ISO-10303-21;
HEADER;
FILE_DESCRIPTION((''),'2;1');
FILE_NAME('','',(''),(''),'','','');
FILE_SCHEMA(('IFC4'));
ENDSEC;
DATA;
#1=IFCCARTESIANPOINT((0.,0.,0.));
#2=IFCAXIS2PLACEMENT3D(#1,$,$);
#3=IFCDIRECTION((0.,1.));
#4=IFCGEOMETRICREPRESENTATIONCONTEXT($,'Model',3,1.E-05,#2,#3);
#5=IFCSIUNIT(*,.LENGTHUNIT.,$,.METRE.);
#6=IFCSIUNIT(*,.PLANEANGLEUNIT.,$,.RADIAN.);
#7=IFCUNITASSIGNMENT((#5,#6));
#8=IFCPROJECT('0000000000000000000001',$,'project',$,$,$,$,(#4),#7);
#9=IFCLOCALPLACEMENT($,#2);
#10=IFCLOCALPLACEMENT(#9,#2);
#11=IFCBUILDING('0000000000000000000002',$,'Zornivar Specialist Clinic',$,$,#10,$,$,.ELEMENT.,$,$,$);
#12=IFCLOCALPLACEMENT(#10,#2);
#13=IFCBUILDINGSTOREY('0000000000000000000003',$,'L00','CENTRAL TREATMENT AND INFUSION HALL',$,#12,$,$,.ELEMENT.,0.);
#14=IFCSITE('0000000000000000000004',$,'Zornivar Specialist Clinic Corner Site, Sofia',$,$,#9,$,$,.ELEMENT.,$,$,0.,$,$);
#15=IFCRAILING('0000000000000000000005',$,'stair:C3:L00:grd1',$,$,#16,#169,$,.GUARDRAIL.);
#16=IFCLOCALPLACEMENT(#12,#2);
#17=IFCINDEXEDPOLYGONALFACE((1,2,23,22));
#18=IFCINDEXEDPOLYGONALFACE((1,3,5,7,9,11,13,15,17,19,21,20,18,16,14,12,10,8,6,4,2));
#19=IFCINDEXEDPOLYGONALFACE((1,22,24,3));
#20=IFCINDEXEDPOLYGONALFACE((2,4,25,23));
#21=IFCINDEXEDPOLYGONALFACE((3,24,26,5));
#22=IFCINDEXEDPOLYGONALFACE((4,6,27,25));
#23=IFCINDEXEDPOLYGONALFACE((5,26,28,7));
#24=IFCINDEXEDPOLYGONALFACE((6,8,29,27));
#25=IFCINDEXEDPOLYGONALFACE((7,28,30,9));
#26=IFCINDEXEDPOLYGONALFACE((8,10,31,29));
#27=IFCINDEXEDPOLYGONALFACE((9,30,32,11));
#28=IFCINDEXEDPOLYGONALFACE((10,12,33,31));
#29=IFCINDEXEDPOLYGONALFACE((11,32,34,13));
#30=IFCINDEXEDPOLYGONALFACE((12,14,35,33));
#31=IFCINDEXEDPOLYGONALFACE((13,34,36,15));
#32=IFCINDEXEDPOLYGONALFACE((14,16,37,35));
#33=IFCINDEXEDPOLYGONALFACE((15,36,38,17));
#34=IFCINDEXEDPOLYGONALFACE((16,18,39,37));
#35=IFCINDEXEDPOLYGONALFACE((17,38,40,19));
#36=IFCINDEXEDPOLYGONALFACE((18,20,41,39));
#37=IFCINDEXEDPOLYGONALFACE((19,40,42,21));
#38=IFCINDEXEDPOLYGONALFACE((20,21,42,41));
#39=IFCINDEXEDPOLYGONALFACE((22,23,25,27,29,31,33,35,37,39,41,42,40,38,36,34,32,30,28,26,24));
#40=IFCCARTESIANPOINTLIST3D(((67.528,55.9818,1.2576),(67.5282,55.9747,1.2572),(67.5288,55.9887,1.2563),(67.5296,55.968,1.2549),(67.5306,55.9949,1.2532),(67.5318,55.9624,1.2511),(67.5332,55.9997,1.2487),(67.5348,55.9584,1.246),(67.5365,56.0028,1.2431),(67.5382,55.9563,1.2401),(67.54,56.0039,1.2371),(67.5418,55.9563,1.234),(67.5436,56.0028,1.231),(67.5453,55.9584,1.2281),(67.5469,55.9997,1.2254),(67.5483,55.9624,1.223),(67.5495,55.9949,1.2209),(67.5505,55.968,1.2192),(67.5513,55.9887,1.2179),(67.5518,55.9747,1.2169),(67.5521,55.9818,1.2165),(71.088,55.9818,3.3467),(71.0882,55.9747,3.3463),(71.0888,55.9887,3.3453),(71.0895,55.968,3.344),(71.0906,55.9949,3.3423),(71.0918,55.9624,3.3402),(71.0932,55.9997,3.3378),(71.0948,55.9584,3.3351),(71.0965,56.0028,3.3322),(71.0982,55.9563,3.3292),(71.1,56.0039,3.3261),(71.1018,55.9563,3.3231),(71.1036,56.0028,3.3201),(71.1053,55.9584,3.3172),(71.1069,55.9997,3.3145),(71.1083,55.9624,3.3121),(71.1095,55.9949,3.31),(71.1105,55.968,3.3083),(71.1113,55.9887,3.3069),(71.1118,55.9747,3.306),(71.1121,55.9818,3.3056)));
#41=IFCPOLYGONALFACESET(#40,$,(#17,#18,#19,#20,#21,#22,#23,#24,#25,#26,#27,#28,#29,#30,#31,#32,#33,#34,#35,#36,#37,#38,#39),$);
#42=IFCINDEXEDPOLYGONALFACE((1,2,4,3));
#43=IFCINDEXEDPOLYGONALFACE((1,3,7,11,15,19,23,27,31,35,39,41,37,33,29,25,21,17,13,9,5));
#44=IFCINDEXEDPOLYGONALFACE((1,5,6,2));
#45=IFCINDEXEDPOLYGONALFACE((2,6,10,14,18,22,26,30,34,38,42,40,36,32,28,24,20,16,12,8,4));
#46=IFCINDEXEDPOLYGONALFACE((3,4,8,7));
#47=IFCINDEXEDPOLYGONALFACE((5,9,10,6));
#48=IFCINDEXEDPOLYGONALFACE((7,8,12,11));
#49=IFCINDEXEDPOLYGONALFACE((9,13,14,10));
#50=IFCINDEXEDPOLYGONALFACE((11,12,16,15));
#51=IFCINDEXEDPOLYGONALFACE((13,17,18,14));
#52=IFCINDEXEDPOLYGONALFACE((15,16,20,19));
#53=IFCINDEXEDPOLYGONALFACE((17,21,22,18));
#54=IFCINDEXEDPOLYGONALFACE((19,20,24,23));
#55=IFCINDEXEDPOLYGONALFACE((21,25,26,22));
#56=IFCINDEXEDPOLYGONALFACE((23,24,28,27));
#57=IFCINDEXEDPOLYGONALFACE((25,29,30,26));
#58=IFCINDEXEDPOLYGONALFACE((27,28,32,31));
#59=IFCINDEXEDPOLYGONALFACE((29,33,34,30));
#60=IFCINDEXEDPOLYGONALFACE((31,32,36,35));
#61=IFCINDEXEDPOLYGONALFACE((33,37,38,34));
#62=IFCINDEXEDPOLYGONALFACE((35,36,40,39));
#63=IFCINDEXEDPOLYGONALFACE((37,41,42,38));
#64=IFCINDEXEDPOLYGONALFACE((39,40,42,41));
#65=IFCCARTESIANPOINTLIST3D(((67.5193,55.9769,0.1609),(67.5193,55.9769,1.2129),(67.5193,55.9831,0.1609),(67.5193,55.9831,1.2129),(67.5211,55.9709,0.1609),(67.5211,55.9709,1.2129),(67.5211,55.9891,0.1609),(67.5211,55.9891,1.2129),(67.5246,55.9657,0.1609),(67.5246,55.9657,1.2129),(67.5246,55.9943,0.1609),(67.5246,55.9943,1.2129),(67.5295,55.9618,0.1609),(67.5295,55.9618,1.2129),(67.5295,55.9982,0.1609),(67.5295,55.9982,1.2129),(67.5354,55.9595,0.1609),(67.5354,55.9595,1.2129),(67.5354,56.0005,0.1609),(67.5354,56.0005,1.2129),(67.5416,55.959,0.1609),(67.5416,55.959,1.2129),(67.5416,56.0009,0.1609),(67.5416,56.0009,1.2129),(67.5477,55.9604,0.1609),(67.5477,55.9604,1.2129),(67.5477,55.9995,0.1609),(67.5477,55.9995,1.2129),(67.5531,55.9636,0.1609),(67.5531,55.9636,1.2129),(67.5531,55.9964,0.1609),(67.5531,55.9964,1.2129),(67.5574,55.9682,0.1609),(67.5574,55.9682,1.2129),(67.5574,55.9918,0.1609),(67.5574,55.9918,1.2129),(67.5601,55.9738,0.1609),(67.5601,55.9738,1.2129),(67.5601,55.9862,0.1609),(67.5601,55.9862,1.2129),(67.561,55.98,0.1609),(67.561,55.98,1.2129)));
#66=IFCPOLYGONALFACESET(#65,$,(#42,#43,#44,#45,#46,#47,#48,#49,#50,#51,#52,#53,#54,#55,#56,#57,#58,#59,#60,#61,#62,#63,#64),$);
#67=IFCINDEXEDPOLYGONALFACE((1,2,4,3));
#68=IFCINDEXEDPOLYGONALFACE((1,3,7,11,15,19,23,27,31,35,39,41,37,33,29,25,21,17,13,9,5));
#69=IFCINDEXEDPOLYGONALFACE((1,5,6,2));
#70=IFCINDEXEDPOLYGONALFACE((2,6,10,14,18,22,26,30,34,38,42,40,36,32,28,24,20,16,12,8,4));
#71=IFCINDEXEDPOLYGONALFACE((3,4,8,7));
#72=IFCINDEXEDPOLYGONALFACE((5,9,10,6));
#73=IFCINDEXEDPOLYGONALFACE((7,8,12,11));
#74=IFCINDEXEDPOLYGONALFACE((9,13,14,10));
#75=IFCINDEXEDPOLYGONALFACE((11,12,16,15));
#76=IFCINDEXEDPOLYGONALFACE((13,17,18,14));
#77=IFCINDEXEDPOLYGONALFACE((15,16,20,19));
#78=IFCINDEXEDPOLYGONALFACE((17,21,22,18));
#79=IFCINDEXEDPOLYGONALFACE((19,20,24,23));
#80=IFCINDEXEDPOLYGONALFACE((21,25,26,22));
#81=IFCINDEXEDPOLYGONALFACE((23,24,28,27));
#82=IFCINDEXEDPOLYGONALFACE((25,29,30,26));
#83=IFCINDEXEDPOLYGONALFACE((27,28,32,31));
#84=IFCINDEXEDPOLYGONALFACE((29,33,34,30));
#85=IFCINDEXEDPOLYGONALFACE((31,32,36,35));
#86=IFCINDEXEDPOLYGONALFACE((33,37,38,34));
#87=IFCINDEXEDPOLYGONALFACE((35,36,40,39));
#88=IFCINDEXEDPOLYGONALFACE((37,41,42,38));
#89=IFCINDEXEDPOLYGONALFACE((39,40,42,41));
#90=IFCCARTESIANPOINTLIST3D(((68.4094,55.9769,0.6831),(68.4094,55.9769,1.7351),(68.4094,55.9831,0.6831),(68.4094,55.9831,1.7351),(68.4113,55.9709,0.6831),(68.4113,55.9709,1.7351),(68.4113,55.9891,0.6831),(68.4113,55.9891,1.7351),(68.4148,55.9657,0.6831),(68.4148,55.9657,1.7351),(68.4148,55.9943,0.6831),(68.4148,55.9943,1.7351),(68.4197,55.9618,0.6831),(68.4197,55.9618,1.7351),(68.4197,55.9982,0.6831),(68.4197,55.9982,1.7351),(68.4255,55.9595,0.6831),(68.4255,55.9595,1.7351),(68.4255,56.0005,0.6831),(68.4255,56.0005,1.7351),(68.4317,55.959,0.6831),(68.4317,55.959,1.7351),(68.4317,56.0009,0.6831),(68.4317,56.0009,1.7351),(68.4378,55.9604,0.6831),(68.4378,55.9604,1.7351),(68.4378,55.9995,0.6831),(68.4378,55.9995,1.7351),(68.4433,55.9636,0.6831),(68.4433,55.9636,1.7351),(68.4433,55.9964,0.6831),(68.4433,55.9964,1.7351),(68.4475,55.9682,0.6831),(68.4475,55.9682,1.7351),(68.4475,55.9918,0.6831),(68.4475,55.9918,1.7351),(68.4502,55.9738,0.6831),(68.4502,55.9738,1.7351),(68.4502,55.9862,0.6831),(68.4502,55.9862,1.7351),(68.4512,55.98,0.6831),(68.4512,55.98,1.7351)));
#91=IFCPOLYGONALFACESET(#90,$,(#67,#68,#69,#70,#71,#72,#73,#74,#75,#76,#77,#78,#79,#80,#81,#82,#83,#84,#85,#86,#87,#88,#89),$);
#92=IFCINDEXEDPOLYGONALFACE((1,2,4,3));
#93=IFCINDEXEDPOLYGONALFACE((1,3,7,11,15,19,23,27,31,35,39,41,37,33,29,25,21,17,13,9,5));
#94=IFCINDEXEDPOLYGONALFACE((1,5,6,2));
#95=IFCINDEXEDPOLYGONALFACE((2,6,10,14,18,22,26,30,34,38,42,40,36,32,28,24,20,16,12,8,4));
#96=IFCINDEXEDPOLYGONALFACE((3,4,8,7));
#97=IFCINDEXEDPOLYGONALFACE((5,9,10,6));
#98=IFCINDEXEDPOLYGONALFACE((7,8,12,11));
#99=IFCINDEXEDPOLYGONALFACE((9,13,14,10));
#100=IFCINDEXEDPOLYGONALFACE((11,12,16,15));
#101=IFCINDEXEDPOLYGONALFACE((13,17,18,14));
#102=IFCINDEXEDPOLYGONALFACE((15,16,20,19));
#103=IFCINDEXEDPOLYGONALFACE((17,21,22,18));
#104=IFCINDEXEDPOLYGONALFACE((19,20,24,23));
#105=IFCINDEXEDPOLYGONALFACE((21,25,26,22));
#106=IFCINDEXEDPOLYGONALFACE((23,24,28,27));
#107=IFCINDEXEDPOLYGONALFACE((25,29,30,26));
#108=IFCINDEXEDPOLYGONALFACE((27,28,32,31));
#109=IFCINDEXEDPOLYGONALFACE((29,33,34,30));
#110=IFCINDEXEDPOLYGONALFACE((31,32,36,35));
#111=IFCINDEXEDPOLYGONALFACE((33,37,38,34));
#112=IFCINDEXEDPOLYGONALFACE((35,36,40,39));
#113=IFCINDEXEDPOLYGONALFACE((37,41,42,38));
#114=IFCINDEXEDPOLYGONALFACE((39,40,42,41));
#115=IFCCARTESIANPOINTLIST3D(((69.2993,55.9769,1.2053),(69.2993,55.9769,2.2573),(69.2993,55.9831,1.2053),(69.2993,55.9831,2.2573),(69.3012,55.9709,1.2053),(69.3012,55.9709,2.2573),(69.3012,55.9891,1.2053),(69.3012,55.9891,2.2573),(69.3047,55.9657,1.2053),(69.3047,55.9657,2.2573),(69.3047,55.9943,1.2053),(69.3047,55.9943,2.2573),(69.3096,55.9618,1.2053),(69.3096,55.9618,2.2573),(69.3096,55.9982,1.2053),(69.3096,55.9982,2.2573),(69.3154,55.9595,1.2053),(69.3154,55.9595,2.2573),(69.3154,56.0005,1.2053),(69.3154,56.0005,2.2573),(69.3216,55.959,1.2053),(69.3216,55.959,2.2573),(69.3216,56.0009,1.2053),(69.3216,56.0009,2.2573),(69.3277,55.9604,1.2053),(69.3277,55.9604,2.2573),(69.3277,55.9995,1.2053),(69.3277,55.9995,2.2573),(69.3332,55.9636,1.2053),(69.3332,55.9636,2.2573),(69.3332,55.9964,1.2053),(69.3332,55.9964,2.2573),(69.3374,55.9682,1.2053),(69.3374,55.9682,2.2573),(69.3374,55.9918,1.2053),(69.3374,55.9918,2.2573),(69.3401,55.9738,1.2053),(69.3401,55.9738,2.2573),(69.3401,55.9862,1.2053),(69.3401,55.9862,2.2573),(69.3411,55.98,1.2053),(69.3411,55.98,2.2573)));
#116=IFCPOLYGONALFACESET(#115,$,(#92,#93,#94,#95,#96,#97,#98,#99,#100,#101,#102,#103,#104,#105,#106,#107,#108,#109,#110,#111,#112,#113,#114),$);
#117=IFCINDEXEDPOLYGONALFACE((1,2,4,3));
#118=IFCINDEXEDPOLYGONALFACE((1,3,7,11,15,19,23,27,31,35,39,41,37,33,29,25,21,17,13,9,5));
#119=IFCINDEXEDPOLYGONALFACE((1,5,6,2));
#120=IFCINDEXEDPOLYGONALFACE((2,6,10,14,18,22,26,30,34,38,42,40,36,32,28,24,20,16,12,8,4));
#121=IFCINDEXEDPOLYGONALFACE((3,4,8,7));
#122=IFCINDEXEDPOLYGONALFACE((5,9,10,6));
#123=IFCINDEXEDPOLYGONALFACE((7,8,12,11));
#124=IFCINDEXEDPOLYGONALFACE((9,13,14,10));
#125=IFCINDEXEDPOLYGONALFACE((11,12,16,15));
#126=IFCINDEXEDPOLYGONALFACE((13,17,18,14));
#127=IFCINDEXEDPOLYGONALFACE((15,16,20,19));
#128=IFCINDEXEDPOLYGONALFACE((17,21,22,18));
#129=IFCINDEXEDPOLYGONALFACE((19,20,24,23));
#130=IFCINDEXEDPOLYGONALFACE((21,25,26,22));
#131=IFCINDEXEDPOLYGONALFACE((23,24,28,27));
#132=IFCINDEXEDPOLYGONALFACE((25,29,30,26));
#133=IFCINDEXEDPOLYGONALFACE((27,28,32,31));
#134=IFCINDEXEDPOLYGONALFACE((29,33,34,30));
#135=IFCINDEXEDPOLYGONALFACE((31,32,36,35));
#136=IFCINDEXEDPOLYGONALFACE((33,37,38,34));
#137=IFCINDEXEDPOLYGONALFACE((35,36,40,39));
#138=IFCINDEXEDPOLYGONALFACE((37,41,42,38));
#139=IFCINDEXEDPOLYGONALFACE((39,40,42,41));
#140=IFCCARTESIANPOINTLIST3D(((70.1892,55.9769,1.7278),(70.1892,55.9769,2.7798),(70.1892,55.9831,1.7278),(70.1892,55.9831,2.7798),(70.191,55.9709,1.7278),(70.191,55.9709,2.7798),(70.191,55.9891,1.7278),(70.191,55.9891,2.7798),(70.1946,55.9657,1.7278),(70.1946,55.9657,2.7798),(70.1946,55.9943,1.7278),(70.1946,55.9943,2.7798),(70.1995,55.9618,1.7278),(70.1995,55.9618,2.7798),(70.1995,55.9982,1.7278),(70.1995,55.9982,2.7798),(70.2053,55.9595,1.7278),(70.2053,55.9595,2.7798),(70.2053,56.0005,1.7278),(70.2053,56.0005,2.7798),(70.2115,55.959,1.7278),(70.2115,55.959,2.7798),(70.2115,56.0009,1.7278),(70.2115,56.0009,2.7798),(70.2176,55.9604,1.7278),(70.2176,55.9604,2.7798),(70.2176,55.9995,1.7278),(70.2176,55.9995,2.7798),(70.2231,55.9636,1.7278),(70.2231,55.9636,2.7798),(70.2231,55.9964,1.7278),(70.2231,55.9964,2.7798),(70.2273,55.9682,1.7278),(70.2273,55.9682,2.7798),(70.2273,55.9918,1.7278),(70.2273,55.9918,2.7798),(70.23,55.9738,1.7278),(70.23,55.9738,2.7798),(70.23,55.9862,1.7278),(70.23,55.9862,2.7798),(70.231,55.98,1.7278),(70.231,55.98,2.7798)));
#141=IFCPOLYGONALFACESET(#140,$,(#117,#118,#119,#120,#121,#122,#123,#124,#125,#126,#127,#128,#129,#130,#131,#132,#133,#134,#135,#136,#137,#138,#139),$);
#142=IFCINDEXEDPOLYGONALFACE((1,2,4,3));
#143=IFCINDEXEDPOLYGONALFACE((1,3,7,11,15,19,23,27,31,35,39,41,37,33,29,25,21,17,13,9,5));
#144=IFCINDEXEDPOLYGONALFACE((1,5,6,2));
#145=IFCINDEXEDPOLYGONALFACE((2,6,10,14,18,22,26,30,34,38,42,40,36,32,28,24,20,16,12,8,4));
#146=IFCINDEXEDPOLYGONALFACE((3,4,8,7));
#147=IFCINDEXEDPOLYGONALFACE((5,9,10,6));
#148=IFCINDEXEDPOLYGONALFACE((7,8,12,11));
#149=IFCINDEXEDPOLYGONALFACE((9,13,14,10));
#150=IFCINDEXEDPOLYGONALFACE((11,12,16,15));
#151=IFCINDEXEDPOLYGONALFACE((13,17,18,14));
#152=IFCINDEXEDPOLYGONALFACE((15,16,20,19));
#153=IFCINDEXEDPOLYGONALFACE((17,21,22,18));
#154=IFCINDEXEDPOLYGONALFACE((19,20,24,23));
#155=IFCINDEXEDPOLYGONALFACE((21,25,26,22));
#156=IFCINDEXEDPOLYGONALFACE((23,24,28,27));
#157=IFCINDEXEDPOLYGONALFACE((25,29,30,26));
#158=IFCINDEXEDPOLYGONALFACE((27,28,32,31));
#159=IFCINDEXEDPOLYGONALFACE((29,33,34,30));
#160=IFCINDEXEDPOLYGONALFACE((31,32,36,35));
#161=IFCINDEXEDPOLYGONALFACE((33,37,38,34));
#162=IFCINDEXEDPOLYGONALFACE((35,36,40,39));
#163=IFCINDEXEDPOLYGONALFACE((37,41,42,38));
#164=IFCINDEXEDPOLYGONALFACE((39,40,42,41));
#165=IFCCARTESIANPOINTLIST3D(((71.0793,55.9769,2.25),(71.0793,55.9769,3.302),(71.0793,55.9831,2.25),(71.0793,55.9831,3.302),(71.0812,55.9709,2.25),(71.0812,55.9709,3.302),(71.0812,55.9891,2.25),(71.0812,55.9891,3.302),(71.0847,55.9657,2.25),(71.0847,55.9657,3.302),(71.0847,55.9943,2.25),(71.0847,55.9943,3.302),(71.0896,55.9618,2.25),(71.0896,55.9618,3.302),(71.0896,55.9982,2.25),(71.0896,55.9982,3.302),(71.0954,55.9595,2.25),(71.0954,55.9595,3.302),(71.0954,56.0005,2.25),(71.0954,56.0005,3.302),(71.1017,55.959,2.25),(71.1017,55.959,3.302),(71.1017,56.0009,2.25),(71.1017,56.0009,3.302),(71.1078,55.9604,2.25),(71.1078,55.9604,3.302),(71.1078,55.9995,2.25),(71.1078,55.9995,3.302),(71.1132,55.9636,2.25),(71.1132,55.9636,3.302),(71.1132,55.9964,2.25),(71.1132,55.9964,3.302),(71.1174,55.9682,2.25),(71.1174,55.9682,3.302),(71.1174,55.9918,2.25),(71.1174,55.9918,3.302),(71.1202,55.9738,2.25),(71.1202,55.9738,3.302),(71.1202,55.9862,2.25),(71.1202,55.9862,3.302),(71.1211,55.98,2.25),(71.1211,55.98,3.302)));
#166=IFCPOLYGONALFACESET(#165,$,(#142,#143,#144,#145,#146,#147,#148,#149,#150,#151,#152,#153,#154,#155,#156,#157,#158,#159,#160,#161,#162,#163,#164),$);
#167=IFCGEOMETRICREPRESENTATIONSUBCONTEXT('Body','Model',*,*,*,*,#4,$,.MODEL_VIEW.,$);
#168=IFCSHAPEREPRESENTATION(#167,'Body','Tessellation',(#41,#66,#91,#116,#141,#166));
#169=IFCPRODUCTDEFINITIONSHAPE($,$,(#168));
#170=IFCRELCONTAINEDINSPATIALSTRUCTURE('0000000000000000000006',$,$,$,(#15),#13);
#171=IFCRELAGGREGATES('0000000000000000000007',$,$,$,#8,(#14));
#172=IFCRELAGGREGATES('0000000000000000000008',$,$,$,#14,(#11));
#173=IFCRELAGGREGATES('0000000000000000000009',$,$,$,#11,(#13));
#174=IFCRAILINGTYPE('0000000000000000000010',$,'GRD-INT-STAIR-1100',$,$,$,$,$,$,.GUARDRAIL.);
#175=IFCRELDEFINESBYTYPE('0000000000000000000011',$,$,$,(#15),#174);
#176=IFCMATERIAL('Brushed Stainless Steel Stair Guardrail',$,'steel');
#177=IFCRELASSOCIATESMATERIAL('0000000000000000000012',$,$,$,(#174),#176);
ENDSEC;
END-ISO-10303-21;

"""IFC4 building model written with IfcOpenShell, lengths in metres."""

from ifc_helpers import new_model, si_unit, direction, frame, origin, origin_2d, place, context, subcontext, project, spatial, circle, extrude, material, type_object, element, save


model = new_model("IFC4")

# Units and contexts
model_context = context("Model", 3, precision=1e-05, world=origin(), true_north=direction((0.0, 1.0)))
body_context = subcontext(model_context, "Body", "Model", "MODEL_VIEW")
ifc_project = project(units=[si_unit("LENGTHUNIT", "METRE"), si_unit("PLANEANGLEUNIT", "RADIAN")], contexts=[model_context])

# Site, building, storey
site_placement = place(None, origin())
site = spatial("IfcSite", under=ifc_project, at=site_placement, Name="Zornivar Specialist Clinic Corner Site, Sofia", CompositionType="ELEMENT", RefElevation=0.0)
building_placement = place(site_placement, origin())
building = spatial("IfcBuilding", under=site, at=building_placement, Name="Zornivar Specialist Clinic", CompositionType="ELEMENT")
storey_placement = place(building_placement, origin())
storey = spatial("IfcBuildingStorey", under=building, at=storey_placement, Name="L00", Description="CENTRAL TREATMENT AND INFUSION HALL", CompositionType="ELEMENT", Elevation=0.0)

# Railing
ifc_material_1 = material(Name="Brushed Stainless Steel Stair Guardrail", Category="steel")
railing_type_1 = type_object("IfcRailingType", Name="GRD-INT-STAIR-1100", PredefinedType="GUARDRAIL", material=ifc_material_1)
railing_1_placement = place(storey_placement, frame((67.54, 55.98, 0.1609)))
element("IfcRailing", 1, at=railing_1_placement, inside=storey, type_object=railing_type_1, Name="stair:C3:L00:grd1", PredefinedType="GUARDRAIL", context=body_context, shape_type="SweptSolid", body=[
    extrude(circle(Radius=0.0239, at=origin_2d()), frame((0.0, 0.0, 1.0762), z_axis=(0.862467, 0.0, 0.506113), x_axis=(0.0, 1.0, 0.0)), (0.0, 0.0, 1.0), 4.1277),
    extrude(circle(Radius=0.021, at=origin_2d()), origin(), (0.0, 0.0, 1.0), 1.052),
    extrude(circle(Radius=0.021, at=origin_2d()), frame((0.8901, 0.0, 0.5222)), (0.0, 0.0, 1.0), 1.052),
    extrude(circle(Radius=0.021, at=origin_2d()), frame((1.78, 0.0, 1.0444)), (0.0, 0.0, 1.0), 1.052),
    extrude(circle(Radius=0.021, at=origin_2d()), frame((2.6699, 0.0, 1.5669)), (0.0, 0.0, 1.0), 1.052),
    extrude(circle(Radius=0.021, at=origin_2d()), frame((3.5601, 0.0, 2.0891)), (0.0, 0.0, 1.0), 1.052),
])

save(model, "model.ifc")
